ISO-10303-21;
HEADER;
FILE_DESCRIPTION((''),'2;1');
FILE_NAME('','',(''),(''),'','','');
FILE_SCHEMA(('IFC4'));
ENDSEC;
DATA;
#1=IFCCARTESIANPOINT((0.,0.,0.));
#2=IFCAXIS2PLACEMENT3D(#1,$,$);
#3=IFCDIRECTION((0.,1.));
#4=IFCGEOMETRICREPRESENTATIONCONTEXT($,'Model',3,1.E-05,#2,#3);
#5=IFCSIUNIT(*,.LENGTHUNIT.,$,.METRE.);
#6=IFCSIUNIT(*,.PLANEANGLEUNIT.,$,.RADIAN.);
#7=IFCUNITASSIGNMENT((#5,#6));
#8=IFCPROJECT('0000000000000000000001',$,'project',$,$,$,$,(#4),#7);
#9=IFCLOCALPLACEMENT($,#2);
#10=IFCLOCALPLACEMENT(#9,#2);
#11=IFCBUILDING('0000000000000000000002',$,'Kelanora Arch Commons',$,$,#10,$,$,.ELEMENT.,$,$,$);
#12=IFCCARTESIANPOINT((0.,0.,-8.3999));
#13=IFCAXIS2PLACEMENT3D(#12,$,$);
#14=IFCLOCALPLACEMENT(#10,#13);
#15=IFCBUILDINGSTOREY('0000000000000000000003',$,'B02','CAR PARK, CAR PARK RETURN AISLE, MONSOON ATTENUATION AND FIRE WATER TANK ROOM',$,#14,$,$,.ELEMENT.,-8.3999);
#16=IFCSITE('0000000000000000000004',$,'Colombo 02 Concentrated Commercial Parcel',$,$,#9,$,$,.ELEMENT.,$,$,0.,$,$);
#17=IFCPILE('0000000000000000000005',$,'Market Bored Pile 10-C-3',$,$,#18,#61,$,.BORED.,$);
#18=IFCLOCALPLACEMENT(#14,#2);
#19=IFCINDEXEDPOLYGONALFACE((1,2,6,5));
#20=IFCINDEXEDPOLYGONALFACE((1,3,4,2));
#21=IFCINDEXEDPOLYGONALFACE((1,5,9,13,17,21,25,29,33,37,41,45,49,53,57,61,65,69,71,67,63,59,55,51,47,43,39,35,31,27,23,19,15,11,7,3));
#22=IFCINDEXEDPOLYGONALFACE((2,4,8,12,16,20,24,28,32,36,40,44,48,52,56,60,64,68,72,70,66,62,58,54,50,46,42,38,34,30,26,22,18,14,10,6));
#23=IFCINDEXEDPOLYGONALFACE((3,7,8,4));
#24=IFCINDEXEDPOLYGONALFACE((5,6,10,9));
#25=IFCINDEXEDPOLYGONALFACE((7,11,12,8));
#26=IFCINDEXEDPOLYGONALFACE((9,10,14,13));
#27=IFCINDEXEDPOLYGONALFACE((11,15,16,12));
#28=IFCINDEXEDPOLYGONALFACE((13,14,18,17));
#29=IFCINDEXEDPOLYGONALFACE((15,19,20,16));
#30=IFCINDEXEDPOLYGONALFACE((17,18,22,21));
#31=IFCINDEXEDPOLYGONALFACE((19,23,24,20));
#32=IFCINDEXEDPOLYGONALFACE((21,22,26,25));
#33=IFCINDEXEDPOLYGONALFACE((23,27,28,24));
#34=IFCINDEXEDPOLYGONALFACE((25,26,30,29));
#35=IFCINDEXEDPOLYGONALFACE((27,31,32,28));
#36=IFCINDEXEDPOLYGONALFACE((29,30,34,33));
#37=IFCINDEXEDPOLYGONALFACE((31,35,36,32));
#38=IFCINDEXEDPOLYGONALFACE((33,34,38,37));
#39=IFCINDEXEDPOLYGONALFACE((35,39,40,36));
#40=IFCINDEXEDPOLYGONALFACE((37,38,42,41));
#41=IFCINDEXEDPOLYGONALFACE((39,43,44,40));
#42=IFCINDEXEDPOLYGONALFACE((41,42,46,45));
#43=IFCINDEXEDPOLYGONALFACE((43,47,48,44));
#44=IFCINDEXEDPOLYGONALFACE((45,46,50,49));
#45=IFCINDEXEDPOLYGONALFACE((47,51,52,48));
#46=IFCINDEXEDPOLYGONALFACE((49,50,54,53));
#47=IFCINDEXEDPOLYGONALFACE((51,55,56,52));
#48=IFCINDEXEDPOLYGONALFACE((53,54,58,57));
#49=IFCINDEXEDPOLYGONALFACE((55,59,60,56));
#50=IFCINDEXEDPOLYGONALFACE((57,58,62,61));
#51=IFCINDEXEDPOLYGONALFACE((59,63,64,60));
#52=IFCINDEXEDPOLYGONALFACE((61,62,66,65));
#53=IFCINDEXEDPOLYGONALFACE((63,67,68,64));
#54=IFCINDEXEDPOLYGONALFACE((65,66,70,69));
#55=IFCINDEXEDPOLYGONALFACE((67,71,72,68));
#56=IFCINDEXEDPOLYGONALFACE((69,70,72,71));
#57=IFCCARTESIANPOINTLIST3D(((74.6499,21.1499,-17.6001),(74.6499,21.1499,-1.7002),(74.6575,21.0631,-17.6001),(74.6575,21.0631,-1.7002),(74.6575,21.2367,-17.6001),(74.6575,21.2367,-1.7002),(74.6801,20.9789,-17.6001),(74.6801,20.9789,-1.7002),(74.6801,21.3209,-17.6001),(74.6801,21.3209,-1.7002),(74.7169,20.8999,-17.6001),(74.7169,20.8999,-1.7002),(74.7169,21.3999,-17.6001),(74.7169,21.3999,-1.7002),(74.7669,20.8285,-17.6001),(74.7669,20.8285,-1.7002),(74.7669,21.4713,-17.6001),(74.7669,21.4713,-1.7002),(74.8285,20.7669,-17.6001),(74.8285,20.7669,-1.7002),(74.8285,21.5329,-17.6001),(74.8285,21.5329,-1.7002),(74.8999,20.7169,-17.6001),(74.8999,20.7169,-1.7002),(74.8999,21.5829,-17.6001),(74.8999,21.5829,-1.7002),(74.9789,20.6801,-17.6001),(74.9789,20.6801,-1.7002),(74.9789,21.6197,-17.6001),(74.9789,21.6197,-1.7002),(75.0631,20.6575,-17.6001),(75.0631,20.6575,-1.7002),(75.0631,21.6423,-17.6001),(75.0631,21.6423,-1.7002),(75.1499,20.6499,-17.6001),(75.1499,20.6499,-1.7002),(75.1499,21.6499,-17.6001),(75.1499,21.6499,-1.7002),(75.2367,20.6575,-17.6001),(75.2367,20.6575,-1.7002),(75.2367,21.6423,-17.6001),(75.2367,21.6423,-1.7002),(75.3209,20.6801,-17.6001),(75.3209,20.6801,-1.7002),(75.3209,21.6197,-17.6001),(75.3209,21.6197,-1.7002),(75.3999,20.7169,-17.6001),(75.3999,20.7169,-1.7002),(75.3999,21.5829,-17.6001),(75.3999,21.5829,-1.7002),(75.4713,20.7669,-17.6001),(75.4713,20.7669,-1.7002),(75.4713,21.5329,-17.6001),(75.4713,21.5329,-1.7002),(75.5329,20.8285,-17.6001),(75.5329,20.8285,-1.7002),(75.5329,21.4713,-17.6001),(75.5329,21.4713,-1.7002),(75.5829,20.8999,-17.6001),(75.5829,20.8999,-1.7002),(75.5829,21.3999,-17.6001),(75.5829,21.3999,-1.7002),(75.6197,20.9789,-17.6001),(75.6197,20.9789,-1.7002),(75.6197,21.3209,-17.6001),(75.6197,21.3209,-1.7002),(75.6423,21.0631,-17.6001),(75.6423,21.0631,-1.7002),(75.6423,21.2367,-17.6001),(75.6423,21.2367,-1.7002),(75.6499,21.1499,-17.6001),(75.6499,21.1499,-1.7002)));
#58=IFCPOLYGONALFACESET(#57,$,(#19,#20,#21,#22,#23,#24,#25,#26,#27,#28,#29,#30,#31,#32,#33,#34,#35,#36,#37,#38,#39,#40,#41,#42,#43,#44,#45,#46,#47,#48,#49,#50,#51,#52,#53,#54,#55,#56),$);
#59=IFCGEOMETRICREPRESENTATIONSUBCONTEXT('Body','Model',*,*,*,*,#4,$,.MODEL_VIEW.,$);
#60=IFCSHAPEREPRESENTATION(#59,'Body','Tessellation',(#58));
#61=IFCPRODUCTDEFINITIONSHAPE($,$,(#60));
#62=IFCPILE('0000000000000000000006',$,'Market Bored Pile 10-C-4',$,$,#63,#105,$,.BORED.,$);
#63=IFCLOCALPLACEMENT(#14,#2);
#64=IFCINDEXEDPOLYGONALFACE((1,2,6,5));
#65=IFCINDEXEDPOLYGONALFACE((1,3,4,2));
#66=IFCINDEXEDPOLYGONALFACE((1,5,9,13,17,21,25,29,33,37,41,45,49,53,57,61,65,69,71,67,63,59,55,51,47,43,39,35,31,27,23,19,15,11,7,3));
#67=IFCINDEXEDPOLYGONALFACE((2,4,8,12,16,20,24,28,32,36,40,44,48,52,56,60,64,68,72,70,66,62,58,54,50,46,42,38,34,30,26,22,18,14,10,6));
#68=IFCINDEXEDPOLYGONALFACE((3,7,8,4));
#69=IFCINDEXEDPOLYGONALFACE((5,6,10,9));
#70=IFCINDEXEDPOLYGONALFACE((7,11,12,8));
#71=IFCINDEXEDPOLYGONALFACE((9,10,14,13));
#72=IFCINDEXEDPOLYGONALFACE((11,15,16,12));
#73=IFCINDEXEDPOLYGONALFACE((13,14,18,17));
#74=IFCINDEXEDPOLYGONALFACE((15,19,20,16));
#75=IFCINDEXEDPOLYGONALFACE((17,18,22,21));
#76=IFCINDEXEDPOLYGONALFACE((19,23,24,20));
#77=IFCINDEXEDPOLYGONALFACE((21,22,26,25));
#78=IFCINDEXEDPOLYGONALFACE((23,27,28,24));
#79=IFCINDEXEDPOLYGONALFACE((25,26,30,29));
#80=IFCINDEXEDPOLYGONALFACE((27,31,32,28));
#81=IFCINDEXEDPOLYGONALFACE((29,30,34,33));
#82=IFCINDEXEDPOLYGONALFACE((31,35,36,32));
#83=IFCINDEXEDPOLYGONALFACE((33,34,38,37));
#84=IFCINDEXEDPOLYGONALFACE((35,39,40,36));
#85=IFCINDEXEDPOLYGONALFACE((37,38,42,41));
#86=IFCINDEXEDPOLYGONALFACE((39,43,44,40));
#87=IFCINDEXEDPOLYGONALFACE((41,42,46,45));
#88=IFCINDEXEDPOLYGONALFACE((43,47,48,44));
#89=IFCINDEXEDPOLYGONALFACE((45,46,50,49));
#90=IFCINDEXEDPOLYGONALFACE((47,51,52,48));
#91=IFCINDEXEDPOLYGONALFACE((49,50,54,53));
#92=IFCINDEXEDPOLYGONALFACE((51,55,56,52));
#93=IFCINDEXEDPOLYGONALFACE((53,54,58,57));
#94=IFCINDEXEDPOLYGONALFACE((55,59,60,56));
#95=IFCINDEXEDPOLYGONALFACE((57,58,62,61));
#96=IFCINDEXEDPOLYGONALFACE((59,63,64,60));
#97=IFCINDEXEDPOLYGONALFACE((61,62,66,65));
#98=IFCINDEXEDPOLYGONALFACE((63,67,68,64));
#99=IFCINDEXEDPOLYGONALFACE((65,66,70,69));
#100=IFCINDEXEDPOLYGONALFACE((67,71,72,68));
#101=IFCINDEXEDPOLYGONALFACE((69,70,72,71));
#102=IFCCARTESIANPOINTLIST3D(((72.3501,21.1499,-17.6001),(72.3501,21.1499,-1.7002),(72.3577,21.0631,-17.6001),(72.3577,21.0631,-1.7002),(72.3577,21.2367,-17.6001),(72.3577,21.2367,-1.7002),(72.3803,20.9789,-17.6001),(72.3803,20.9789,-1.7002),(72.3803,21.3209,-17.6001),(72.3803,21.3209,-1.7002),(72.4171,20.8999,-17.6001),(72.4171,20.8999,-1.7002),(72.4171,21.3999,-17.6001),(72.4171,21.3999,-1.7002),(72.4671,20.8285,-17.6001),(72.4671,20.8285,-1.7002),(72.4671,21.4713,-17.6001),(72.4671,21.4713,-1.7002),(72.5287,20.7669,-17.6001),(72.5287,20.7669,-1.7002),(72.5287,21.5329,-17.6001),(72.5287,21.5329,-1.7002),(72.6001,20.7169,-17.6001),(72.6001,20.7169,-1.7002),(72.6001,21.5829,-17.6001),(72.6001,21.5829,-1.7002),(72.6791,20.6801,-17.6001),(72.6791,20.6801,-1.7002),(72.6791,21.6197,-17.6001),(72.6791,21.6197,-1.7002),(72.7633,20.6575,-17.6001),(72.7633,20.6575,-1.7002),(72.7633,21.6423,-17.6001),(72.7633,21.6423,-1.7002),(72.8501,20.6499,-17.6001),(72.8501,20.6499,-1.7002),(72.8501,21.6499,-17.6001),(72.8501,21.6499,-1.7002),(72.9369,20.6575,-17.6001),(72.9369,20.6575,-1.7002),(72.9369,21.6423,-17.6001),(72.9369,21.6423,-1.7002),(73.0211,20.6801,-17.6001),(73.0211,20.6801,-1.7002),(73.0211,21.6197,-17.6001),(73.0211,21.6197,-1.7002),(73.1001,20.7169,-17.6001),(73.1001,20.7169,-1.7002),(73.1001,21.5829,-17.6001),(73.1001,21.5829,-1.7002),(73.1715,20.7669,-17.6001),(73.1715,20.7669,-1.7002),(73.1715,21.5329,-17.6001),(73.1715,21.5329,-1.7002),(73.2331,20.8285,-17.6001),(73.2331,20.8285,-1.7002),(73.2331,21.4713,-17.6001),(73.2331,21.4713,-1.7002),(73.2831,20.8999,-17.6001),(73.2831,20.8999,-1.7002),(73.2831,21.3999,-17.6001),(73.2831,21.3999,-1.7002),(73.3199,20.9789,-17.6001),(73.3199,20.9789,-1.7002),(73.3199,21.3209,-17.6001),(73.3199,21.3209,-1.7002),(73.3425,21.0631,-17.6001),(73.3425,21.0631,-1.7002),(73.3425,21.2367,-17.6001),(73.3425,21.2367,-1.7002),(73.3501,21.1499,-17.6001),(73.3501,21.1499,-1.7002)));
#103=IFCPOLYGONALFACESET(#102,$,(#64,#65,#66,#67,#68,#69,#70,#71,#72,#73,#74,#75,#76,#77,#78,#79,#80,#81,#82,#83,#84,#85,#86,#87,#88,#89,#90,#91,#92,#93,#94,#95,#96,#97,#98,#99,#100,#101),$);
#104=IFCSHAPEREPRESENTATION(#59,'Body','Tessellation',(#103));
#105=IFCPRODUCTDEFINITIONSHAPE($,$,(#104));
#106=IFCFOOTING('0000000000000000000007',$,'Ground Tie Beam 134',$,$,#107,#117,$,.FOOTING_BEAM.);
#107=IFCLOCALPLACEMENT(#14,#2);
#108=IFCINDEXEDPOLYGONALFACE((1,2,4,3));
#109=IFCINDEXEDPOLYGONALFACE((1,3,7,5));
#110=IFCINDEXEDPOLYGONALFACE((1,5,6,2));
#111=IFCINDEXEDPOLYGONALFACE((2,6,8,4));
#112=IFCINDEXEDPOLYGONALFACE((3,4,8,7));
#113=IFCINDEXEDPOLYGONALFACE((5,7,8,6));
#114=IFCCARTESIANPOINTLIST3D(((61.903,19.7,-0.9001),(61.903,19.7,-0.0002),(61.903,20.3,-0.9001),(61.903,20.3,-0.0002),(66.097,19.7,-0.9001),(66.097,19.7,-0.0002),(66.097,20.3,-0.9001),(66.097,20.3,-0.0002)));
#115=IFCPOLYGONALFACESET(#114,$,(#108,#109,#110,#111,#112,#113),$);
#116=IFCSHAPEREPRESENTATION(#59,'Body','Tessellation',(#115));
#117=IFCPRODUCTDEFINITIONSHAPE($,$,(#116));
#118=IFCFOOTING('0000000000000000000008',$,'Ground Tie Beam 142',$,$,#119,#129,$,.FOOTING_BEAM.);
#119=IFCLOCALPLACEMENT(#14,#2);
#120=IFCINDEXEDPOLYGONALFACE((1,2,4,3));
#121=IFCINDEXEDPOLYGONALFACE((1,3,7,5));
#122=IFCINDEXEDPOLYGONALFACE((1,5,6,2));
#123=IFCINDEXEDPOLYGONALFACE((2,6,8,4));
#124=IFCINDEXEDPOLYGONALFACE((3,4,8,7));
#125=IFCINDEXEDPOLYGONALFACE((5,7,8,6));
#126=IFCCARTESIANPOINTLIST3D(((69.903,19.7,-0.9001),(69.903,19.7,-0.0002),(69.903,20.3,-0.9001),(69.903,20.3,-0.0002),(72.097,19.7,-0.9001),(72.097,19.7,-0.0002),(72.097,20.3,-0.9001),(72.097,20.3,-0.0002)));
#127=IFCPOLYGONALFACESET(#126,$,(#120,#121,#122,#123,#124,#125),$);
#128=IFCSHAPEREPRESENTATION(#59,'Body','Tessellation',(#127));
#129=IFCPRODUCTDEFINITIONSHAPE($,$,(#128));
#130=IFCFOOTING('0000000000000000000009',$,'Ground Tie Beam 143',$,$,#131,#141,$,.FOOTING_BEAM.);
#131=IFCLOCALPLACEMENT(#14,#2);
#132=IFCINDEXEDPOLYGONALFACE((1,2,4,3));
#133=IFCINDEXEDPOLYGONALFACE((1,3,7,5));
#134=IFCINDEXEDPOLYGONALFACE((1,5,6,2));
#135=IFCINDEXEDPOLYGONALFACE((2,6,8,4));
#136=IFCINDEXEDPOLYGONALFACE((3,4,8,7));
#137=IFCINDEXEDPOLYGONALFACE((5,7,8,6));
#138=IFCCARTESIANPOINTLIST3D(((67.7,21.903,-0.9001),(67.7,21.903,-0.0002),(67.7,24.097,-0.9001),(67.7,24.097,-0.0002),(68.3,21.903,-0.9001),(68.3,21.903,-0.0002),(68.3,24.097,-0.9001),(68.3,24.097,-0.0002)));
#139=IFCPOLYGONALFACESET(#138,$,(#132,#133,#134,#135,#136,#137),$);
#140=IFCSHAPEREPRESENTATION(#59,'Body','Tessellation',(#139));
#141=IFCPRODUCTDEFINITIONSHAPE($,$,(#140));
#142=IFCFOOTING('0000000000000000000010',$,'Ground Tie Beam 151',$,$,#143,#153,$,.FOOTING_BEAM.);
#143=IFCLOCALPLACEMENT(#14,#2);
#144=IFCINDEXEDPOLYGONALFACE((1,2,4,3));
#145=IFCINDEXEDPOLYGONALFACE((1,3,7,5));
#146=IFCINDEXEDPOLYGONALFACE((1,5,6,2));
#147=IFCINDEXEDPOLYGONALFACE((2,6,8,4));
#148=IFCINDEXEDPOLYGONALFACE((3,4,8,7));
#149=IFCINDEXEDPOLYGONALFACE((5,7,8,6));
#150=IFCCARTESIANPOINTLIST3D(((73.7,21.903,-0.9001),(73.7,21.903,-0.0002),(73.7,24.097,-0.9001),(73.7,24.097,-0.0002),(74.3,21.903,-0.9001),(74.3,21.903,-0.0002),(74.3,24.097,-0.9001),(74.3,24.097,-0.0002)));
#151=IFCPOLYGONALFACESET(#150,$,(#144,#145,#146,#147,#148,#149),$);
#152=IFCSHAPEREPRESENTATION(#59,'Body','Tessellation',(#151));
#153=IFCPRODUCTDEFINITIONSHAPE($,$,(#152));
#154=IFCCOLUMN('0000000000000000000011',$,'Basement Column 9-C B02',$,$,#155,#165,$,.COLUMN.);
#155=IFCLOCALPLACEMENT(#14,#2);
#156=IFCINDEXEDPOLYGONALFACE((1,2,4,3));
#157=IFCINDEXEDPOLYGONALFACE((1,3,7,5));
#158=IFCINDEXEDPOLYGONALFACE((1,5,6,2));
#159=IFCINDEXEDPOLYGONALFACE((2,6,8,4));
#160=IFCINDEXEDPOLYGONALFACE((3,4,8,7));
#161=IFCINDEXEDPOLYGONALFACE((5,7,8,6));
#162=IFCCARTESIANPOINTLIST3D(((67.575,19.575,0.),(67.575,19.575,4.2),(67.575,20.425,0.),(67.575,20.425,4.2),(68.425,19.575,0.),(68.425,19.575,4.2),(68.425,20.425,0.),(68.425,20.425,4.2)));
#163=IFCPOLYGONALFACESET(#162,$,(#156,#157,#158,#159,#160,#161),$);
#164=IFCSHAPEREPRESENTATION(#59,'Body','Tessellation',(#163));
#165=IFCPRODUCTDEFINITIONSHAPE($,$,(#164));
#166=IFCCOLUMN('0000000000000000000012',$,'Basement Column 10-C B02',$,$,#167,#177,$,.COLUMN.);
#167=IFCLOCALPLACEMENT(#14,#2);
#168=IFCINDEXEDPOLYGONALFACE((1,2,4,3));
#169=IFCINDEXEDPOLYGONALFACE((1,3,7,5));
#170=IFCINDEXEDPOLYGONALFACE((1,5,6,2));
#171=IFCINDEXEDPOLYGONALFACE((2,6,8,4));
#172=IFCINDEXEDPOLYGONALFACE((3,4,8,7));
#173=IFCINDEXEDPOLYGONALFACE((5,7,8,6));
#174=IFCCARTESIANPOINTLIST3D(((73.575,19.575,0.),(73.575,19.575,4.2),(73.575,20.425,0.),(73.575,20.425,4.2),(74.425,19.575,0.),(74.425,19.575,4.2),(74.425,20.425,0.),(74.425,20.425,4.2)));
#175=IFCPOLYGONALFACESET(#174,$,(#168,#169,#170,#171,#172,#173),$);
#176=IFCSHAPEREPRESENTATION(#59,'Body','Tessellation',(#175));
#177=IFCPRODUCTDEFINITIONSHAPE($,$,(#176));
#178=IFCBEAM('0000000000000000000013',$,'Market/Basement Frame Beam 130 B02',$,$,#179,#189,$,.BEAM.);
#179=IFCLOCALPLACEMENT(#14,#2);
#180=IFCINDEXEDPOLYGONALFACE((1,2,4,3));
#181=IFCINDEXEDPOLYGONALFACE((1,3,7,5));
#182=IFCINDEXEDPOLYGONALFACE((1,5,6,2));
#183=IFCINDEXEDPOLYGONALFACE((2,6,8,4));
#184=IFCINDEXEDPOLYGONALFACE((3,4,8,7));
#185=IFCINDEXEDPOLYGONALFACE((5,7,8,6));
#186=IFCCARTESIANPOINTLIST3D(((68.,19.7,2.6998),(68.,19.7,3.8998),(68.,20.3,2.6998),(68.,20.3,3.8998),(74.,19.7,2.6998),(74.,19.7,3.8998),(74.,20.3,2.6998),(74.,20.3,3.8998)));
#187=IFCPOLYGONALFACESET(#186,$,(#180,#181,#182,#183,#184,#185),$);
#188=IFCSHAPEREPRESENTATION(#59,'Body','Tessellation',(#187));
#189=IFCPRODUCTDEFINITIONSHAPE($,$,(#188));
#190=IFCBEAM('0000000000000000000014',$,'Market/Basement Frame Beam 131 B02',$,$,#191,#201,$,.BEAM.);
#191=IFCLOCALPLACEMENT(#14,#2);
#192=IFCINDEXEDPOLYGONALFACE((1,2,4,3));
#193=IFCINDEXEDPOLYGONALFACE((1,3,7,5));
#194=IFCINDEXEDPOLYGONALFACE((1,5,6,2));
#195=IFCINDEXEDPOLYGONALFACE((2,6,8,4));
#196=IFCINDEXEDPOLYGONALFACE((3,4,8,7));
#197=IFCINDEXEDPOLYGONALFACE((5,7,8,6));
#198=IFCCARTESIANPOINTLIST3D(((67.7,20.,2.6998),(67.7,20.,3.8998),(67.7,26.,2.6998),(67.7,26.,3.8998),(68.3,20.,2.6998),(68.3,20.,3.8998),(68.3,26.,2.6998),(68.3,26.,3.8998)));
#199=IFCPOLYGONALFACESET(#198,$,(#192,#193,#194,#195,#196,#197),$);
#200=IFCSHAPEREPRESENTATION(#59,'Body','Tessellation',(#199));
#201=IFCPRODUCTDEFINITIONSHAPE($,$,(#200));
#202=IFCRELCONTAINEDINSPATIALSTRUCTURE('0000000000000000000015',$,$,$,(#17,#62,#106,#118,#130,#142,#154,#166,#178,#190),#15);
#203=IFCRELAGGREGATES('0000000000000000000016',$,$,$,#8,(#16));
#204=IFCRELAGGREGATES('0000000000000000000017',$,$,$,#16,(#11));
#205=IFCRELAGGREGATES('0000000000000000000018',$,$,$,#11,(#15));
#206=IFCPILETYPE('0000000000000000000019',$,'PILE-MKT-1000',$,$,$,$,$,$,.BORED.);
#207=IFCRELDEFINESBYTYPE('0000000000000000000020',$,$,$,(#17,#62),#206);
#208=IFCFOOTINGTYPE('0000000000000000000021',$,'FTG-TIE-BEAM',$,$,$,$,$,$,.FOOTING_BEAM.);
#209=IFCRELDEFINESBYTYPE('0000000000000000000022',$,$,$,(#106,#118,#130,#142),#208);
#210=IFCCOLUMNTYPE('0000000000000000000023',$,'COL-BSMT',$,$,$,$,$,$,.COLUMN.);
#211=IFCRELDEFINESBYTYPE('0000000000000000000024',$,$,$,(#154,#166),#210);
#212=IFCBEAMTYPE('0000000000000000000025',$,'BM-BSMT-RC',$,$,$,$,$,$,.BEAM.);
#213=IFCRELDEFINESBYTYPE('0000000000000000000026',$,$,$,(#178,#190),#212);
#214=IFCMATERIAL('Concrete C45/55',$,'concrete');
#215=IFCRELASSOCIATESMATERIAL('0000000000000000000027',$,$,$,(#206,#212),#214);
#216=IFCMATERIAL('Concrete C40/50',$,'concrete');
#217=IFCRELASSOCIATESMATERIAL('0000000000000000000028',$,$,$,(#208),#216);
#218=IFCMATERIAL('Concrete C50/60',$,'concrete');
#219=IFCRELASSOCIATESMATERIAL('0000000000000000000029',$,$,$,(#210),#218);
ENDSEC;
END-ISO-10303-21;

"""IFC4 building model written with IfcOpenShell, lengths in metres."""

from ifc_helpers import new_model, si_unit, direction, frame, origin, origin_2d, place, context, subcontext, project, spatial, rectangle, circle, extrude, source, transform, mapped, material, material_profile, profile_set, type_object, element, save


model = new_model("IFC4")

# Units and contexts
model_context = context("Model", 3, precision=1e-05, world=origin(), true_north=direction((0.0, 1.0)))
body_context = subcontext(model_context, "Body", "Model", "MODEL_VIEW")
ifc_project = project(units=[si_unit("LENGTHUNIT", "METRE"), si_unit("PLANEANGLEUNIT", "RADIAN")], contexts=[model_context])

# Site, building, storey
site_placement = place(None, origin())
site = spatial("IfcSite", under=ifc_project, at=site_placement, Name="Colombo 02 Concentrated Commercial Parcel", CompositionType="ELEMENT", RefElevation=0.0)
building_placement = place(site_placement, origin())
building = spatial("IfcBuilding", under=site, at=building_placement, Name="Kelanora Arch Commons", CompositionType="ELEMENT")
storey_placement = place(building_placement, frame((0.0, 0.0, -8.3999)))
storey = spatial("IfcBuildingStorey", under=building, at=storey_placement, Name="B02", Description="CAR PARK, CAR PARK RETURN AISLE, MONSOON ATTENUATION AND FIRE WATER TANK ROOM", CompositionType="ELEMENT", Elevation=-8.3999)

# Shared definitions
ifc_material_1 = material(Name="Concrete C40/50", Category="concrete")

# Piles
ifc_material_2 = material(Name="Concrete C45/55", Category="concrete")
ifc_material_profile_1 = material_profile(ifc_material_2, circle(Radius=0.5, at=origin_2d()), Name="PILE1000")
ifc_profile_set_1 = profile_set([ifc_material_profile_1], Name="Concrete C45/55")
pile_type = type_object("IfcPileType", Name="PILE-MKT-1000", PredefinedType="BORED", material=ifc_profile_set_1)
shared_shape_1 = source(origin(), body_context, "Body", "SweptSolid", [
    extrude(circle(Radius=0.5, at=origin_2d()), origin(), (0.0, 0.0, 1.0), 15.8999),
])
for number, where, z_axis, x_axis, name in (
    (1, (75.1499, 21.1499, -1.7002), (0.0, 0.0, -1.0), (1.0, 0.0, 0.0), "Market Bored Pile 10-C-3"),
    (2, (72.8501, 21.1499, -1.7002), (0.0, 0.0, -1.0), (1.0, 0.0, 0.0), "Market Bored Pile 10-C-4"),
):
    element("IfcPile", number, at=place(storey_placement, frame(where, z_axis=z_axis, x_axis=x_axis)), inside=storey, type_object=pile_type, Name=name, PredefinedType="BORED", context=body_context, shape_type="MappedRepresentation", body=[
        mapped(shared_shape_1, transform((0.0, 0.0, 0.0), scale=1.0)),
    ])

# Footings
footing_type_1 = type_object("IfcFootingType", Name="FTG-TIE-BEAM", PredefinedType="FOOTING_BEAM", material=ifc_material_1)
shared_shape_2 = source(origin(), body_context, "Body", "SweptSolid", [
    extrude(rectangle(XDim=4.1941, YDim=0.6001, at=origin_2d()), origin(), (0.0, 0.0, 1.0), 0.8999),
])
footing_placement = place(storey_placement, frame((64.0, 20.0, -0.9001), z_axis=(0.0, 0.0, 1.0), x_axis=(1.0, 0.0, 0.0)))
element("IfcFooting", 3, at=footing_placement, inside=storey, type_object=footing_type_1, Name="Ground Tie Beam 134", PredefinedType="FOOTING_BEAM", context=body_context, shape_type="MappedRepresentation", body=[
    mapped(shared_shape_2, transform((0.0, 0.0, 0.0), scale=1.0)),
])
shared_shape_3 = source(origin(), body_context, "Body", "SweptSolid", [
    extrude(rectangle(XDim=2.1941, YDim=0.6001, at=origin_2d()), origin(), (0.0, 0.0, 1.0), 0.8999),
])
for number, where, z_axis, x_axis, name in (
    (4, (71.0, 20.0, -0.9001), (0.0, 0.0, 1.0), (1.0, 0.0, 0.0), "Ground Tie Beam 142"),
    (5, (68.0, 23.0, -0.9001), (0.0, 0.0, 1.0), (0.0, 1.0, 0.0), "Ground Tie Beam 143"),
    (6, (74.0, 23.0, -0.9001), (0.0, 0.0, 1.0), (0.0, 1.0, 0.0), "Ground Tie Beam 151"),
):
    element("IfcFooting", number, at=place(storey_placement, frame(where, z_axis=z_axis, x_axis=x_axis)), inside=storey, type_object=footing_type_1, Name=name, PredefinedType="FOOTING_BEAM", context=body_context, shape_type="MappedRepresentation", body=[
        mapped(shared_shape_3, transform((0.0, 0.0, 0.0), scale=1.0)),
    ])

# Columns
ifc_material_3 = material(Name="Concrete C50/60", Category="concrete")
ifc_material_profile_2 = material_profile(ifc_material_3, rectangle(XDim=0.8501, YDim=0.8501, at=origin_2d()), Name="RC850x850")
ifc_profile_set_2 = profile_set([ifc_material_profile_2], Name="Concrete C50/60")
column_type = type_object("IfcColumnType", Name="COL-BSMT", PredefinedType="COLUMN", material=ifc_profile_set_2)
for number, where, z_axis, x_axis, name in (
    (7, (68.0, 20.0, 0.0), (0.0, 0.0, 1.0), (1.0, 0.0, 0.0), "Basement Column 9-C B02"),
    (8, (74.0, 20.0, 0.0), (0.0, 0.0, 1.0), (1.0, 0.0, 0.0), "Basement Column 10-C B02"),
):
    element("IfcColumn", number, at=place(storey_placement, frame(where, z_axis=z_axis, x_axis=x_axis)), inside=storey, type_object=column_type, Name=name, PredefinedType="COLUMN", context=body_context, shape_type="SweptSolid", body=[
        extrude(rectangle(XDim=0.8501, YDim=0.8501, at=origin_2d()), origin(), (0.0, 0.0, 1.0), 4.2),
    ])

# Beams
ifc_material_profile_3 = material_profile(ifc_material_2, rectangle(XDim=0.6001, YDim=1.2, at=origin_2d()), Name="RCB600x1200")
ifc_profile_set_3 = profile_set([ifc_material_profile_3], Name="Concrete C45/55")
beam_type = type_object("IfcBeamType", Name="BM-BSMT-RC", PredefinedType="BEAM", material=ifc_profile_set_3)
for number, where, z_axis, x_axis, name in (
    (9, (68.0, 20.0, 3.2998), (1.0, 0.0, 0.0), (0.0, 1.0, 0.0), "Market/Basement Frame Beam 130 B02"),
    (10, (68.0, 20.0, 3.2998), (0.0, 1.0, 0.0), (-1.0, 0.0, 0.0), "Market/Basement Frame Beam 131 B02"),
):
    element("IfcBeam", number, at=place(storey_placement, frame(where, z_axis=z_axis, x_axis=x_axis)), inside=storey, type_object=beam_type, Name=name, PredefinedType="BEAM", context=body_context, shape_type="SweptSolid", body=[
        extrude(rectangle(XDim=0.6001, YDim=1.2, at=origin_2d()), origin(), (0.0, 0.0, 1.0), 6.0),
    ])

save(model, "model.ifc")
